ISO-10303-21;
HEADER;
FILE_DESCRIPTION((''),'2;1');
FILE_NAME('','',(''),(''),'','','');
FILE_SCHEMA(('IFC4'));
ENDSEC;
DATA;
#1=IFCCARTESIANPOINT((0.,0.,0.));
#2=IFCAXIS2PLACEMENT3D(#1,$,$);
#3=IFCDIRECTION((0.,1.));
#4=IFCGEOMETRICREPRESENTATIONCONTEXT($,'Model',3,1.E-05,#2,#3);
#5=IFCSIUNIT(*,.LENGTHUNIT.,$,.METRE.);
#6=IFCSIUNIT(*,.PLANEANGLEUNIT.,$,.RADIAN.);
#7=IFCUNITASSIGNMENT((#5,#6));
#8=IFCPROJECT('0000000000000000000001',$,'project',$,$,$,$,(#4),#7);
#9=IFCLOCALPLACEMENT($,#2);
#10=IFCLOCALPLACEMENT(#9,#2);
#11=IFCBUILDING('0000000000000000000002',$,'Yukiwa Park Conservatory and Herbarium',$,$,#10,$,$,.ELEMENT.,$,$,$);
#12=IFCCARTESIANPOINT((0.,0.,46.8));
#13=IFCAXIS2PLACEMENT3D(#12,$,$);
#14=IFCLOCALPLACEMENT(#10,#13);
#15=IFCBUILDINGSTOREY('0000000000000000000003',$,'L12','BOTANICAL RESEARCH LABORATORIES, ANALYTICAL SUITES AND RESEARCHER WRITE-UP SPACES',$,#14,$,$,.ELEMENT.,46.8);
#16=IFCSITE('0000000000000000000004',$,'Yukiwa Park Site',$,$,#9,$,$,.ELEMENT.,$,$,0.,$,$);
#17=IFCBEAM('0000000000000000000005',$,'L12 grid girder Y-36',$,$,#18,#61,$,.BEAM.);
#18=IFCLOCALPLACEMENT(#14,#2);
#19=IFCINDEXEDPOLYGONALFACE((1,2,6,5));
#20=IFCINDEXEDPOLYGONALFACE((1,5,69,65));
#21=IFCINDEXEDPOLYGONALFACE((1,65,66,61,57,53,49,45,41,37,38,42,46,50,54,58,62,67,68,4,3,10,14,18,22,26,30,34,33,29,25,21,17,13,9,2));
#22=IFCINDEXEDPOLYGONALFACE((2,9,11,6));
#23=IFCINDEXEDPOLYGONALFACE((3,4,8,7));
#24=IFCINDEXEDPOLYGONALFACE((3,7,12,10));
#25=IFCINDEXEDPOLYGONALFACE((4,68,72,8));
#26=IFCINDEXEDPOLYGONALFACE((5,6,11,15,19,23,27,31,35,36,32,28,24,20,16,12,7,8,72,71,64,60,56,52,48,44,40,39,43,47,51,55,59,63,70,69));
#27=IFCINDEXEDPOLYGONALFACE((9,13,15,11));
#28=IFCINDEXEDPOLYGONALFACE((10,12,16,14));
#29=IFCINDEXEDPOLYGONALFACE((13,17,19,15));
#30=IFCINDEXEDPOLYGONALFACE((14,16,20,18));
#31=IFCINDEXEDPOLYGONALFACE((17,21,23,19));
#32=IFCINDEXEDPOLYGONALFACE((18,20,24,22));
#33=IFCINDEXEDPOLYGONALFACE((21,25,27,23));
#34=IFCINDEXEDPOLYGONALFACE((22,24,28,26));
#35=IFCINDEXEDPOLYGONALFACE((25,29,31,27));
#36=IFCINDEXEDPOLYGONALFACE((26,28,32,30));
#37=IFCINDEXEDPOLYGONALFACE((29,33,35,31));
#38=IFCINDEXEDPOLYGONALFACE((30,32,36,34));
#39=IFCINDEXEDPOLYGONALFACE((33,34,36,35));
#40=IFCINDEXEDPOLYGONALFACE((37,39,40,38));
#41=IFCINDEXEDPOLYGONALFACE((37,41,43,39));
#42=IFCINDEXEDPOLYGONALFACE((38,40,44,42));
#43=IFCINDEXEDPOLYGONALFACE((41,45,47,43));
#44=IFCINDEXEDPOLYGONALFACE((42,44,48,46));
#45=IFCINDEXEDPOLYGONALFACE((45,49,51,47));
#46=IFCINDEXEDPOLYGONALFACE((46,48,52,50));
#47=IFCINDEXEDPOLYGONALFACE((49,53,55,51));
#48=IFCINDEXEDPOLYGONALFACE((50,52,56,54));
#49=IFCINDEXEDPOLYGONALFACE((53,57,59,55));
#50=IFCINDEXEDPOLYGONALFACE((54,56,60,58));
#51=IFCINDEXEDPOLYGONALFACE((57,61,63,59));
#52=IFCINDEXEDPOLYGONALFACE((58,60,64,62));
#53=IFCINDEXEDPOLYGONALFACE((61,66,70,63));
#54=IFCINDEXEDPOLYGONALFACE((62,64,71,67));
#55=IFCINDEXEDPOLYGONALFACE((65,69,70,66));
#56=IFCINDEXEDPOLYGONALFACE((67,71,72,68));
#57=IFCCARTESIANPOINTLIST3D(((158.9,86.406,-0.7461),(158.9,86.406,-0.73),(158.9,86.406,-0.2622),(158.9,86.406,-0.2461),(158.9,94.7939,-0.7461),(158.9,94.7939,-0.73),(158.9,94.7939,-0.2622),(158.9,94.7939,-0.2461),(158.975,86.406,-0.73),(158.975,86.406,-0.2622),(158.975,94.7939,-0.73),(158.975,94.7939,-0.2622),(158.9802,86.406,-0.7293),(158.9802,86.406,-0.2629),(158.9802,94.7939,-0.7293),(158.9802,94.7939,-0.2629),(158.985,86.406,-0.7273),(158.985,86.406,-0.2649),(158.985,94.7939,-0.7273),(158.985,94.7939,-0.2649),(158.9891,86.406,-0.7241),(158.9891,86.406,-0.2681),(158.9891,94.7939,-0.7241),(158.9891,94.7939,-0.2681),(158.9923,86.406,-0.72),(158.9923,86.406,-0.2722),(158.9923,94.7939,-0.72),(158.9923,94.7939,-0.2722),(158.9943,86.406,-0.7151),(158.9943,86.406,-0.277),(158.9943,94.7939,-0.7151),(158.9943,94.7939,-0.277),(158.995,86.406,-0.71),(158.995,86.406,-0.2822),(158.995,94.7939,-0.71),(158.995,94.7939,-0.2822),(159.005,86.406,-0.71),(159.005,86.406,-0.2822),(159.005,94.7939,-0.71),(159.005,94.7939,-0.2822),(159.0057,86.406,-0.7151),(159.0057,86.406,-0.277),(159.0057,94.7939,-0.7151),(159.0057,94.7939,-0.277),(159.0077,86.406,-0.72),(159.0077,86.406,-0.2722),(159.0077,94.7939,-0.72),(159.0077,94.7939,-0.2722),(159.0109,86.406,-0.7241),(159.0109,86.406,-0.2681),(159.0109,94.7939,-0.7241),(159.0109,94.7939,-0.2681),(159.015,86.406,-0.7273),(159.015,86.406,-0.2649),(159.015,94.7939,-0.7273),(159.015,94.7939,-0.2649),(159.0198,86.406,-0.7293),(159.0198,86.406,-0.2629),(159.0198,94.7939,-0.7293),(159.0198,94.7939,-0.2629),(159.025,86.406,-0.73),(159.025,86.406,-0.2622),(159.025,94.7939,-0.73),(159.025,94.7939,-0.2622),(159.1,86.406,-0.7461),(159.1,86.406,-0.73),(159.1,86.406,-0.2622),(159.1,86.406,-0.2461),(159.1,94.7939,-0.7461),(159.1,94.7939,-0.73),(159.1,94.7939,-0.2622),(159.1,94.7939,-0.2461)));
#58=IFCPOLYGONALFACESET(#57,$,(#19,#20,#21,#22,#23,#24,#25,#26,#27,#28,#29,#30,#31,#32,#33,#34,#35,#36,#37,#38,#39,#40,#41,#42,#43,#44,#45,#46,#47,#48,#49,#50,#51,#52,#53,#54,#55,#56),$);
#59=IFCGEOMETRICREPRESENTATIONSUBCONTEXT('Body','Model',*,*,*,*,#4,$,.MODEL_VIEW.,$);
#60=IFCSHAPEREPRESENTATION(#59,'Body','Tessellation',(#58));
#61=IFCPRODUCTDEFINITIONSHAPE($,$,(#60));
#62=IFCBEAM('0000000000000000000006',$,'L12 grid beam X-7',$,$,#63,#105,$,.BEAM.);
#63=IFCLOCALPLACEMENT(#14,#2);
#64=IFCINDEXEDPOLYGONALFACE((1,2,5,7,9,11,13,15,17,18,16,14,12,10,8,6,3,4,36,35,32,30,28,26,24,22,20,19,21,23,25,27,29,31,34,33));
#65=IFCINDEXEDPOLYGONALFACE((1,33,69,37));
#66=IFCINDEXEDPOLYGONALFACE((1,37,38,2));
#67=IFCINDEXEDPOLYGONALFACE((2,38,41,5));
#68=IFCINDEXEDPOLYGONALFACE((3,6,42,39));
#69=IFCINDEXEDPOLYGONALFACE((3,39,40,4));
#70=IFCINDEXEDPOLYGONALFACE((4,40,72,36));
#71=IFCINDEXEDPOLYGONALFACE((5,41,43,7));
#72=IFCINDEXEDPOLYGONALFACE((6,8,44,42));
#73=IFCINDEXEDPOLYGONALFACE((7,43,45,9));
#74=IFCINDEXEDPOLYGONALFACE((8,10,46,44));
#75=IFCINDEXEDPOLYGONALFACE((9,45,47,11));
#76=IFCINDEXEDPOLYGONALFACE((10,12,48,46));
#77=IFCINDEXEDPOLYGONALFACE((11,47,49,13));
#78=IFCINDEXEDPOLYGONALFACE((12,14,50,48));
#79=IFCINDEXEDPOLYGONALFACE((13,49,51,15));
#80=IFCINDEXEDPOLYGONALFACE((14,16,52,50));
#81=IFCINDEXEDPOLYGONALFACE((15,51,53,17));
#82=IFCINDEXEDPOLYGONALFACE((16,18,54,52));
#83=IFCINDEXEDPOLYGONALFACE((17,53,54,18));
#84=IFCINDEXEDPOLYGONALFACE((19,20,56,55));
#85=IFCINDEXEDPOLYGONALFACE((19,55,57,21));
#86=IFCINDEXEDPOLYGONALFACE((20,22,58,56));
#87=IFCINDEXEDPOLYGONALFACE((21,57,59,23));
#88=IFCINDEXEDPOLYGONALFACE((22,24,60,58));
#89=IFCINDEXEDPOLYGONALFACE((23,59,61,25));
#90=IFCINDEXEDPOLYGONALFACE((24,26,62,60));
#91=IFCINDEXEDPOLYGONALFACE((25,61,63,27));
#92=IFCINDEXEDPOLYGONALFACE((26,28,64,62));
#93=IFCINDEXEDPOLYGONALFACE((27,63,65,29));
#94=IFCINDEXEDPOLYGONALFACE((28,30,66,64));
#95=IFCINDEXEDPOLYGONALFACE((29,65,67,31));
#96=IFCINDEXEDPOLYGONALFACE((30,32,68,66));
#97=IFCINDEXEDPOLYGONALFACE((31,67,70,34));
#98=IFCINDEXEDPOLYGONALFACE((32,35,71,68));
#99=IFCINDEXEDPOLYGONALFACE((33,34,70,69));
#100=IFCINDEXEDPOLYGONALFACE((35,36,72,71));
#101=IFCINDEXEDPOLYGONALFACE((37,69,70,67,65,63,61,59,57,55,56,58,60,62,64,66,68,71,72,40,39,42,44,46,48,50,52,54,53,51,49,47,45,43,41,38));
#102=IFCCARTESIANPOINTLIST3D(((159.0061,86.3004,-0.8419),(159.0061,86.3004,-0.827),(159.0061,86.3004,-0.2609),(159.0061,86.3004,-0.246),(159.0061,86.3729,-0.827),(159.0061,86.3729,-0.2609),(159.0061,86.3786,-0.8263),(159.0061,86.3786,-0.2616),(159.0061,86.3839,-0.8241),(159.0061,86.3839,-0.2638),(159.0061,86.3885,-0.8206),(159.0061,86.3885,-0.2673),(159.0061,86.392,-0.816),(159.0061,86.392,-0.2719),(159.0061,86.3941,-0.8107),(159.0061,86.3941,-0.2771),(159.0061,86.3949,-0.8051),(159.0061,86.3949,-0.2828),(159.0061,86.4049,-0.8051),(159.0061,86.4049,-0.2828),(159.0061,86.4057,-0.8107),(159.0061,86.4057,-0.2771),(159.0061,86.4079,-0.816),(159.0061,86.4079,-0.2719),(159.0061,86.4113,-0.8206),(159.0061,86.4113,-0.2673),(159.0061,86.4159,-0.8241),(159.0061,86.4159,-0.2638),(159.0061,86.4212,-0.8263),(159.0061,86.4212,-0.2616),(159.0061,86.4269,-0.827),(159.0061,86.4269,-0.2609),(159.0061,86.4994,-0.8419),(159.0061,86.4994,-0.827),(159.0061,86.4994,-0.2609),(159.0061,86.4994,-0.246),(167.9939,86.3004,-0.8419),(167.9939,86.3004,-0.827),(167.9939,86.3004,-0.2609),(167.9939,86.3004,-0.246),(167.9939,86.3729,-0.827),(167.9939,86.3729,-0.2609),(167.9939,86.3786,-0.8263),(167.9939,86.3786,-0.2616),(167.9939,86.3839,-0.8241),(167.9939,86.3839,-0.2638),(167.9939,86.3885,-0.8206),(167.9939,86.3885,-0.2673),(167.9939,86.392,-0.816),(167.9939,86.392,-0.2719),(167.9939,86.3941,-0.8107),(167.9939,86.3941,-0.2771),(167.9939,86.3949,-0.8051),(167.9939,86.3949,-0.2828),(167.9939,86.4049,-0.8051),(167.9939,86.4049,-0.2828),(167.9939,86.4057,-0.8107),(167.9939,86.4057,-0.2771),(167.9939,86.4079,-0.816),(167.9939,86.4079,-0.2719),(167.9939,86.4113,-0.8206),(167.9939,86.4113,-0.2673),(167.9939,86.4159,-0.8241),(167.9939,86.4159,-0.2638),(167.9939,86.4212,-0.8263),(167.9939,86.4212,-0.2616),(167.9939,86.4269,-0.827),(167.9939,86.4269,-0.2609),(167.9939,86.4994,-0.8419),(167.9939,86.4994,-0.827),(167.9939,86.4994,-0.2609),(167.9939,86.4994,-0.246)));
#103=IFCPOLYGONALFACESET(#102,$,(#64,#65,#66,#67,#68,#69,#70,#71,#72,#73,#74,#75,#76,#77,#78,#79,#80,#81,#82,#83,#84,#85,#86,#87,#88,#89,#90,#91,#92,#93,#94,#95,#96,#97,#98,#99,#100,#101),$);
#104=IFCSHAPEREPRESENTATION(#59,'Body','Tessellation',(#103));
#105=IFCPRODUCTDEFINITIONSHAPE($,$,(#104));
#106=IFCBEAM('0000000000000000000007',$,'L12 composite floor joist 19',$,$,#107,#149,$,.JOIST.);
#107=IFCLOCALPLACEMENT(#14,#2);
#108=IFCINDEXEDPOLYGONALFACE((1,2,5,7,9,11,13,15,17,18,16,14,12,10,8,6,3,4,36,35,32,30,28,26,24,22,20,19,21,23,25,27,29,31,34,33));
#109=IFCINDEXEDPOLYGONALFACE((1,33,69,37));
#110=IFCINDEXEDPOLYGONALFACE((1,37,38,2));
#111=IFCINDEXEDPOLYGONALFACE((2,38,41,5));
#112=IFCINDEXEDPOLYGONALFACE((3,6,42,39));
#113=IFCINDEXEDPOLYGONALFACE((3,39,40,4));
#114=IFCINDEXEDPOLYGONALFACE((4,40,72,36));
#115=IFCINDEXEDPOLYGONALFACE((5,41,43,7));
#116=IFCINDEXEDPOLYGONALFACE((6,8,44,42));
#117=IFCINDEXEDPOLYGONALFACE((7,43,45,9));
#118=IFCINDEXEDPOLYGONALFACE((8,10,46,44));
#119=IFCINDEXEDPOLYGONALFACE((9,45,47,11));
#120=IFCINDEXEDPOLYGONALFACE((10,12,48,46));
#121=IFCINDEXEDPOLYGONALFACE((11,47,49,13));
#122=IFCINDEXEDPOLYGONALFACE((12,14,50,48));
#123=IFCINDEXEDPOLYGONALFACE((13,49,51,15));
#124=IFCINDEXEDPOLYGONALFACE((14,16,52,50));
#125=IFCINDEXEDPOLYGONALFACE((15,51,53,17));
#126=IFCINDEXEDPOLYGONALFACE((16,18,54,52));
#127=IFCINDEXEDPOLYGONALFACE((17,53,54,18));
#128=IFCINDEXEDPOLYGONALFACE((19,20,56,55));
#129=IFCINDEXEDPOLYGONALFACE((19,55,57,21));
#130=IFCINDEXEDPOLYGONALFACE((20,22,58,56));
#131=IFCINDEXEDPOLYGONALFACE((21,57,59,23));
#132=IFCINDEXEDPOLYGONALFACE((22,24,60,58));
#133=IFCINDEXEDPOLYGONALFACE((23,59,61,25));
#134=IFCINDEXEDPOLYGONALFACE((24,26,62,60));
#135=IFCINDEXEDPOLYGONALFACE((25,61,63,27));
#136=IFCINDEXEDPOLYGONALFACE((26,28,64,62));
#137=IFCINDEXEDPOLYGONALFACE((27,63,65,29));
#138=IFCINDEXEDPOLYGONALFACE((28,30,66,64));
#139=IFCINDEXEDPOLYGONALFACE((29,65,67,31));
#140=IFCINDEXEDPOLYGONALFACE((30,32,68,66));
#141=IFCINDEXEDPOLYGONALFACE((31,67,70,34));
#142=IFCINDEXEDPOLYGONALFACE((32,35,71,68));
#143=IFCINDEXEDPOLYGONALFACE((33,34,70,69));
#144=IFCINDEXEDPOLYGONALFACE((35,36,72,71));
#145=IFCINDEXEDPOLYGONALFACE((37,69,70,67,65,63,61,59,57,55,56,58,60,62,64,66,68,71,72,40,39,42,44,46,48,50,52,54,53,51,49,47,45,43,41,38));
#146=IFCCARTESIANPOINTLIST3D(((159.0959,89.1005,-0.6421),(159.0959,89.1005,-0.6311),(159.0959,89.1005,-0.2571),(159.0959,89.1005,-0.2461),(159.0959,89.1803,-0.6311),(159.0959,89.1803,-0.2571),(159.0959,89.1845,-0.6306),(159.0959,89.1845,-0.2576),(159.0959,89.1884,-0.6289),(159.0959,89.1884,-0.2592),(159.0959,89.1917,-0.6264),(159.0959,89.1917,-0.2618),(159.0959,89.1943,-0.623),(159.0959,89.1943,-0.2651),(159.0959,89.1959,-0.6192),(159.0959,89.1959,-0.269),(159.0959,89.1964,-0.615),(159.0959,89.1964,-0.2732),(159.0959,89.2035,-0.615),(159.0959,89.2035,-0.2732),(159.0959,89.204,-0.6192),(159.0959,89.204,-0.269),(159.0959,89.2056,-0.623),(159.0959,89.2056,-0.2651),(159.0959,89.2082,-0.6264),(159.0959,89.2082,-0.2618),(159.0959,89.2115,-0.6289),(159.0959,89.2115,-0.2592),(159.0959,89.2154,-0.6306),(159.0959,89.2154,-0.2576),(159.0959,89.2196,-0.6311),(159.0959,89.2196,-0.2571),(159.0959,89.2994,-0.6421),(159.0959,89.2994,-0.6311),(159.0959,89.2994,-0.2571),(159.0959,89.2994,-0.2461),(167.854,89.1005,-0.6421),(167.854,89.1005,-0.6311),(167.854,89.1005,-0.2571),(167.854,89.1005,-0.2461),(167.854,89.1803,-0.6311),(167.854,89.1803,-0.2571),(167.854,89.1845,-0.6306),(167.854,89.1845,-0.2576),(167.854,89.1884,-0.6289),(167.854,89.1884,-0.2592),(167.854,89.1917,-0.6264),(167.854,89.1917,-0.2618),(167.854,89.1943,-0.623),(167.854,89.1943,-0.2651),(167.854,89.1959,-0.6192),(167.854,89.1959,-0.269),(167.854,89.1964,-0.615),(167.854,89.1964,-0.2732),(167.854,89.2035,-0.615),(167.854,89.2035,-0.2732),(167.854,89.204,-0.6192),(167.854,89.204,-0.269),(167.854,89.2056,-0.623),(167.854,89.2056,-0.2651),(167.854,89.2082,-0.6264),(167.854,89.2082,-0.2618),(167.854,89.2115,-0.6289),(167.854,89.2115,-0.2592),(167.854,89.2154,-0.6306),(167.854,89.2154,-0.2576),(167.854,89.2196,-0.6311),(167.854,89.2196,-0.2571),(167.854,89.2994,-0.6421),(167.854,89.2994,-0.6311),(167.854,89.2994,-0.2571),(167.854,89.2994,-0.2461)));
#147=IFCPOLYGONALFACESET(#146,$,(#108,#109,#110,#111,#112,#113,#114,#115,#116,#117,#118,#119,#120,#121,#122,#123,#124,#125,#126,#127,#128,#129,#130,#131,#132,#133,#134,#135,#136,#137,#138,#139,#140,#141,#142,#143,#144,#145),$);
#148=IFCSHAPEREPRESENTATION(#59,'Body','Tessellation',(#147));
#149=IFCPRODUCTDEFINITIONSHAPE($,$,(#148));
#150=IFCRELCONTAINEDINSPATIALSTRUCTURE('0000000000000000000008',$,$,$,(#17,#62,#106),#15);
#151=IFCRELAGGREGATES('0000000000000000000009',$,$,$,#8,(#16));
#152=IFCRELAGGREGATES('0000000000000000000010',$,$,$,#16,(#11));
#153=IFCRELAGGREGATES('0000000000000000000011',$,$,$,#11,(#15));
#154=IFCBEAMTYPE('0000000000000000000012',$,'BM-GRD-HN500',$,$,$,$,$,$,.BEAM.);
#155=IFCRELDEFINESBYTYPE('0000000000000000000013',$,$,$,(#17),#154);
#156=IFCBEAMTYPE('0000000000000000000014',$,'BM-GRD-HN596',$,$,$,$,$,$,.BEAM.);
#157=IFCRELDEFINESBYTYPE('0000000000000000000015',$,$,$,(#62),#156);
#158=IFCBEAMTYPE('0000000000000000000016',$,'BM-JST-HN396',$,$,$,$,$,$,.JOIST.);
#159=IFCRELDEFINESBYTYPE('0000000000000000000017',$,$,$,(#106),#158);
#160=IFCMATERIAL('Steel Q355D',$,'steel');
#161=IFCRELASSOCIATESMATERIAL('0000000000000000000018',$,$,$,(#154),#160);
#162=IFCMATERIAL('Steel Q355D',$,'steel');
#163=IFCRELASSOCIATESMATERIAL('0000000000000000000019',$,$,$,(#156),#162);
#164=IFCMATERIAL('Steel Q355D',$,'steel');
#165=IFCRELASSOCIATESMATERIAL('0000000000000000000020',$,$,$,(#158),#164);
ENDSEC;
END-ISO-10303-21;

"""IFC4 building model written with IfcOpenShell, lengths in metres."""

from ifc_helpers import new_model, si_unit, direction, frame, origin, origin_2d, place, context, subcontext, project, spatial, i_section, extrude, material, material_profile, profile_set, type_object, element, save


model = new_model("IFC4")

# Units and contexts
model_context = context("Model", 3, precision=1e-05, world=origin(), true_north=direction((0.0, 1.0)))
body_context = subcontext(model_context, "Body", "Model", "MODEL_VIEW")
ifc_project = project(units=[si_unit("LENGTHUNIT", "METRE"), si_unit("PLANEANGLEUNIT", "RADIAN")], contexts=[model_context])

# Site, building, storey
site_placement = place(None, origin())
site = spatial("IfcSite", under=ifc_project, at=site_placement, Name="Yukiwa Park Site", CompositionType="ELEMENT", RefElevation=0.0)
building_placement = place(site_placement, origin())
building = spatial("IfcBuilding", under=site, at=building_placement, Name="Yukiwa Park Conservatory and Herbarium", CompositionType="ELEMENT")
storey_placement = place(building_placement, frame((0.0, 0.0, 46.8)))
storey = spatial("IfcBuildingStorey", under=building, at=storey_placement, Name="L12", Description="BOTANICAL RESEARCH LABORATORIES, ANALYTICAL SUITES AND RESEARCHER WRITE-UP SPACES", CompositionType="ELEMENT", Elevation=46.8)

# Beams
ifc_material_1 = material(Name="Steel Q355D", Category="steel")
ifc_material_profile_1 = material_profile(ifc_material_1, i_section(OverallWidth=0.2, OverallDepth=0.5, WebThickness=0.01, FlangeThickness=0.0161, FilletRadius=0.02, at=origin_2d()), Name="HN 500x200x10x16")
ifc_profile_set_1 = profile_set([ifc_material_profile_1], Name="Steel Q355D")
beam_type_1 = type_object("IfcBeamType", Name="BM-GRD-HN500", PredefinedType="BEAM", material=ifc_profile_set_1)
beam_1_placement = place(storey_placement, frame((159.0, 86.406, -0.4961), z_axis=(0.0, 1.0, 0.0), x_axis=(-1.0, 0.0, 0.0)))
element("IfcBeam", 1, at=beam_1_placement, inside=storey, type_object=beam_type_1, Name="L12 grid girder Y-36", PredefinedType="BEAM", context=body_context, shape_type="SweptSolid", body=[
    extrude(i_section(OverallWidth=0.2, OverallDepth=0.5, WebThickness=0.01, FlangeThickness=0.0161, FilletRadius=0.02, at=origin_2d()), origin(), (0.0, 0.0, 1.0), 8.3879),
])
ifc_material_2 = material(Name="Steel Q355D", Category="steel")
ifc_material_profile_2 = material_profile(ifc_material_2, i_section(OverallWidth=0.199, OverallDepth=0.5959, WebThickness=0.01, FlangeThickness=0.0149, FilletRadius=0.022, at=origin_2d()), Name="HN 596x199x10x15")
ifc_profile_set_2 = profile_set([ifc_material_profile_2], Name="Steel Q355D")
beam_type_2 = type_object("IfcBeamType", Name="BM-GRD-HN596", PredefinedType="BEAM", material=ifc_profile_set_2)
beam_2_placement = place(storey_placement, frame((159.0061, 86.3999, -0.5439), z_axis=(1.0, 0.0, 0.0), x_axis=(0.0, 1.0, 0.0)))
element("IfcBeam", 2, at=beam_2_placement, inside=storey, type_object=beam_type_2, Name="L12 grid beam X-7", PredefinedType="BEAM", context=body_context, shape_type="SweptSolid", body=[
    extrude(i_section(OverallWidth=0.199, OverallDepth=0.5959, WebThickness=0.01, FlangeThickness=0.0149, FilletRadius=0.022, at=origin_2d()), origin(), (0.0, 0.0, 1.0), 8.9878),
])
ifc_material_3 = material(Name="Steel Q355D", Category="steel")
ifc_material_profile_3 = material_profile(ifc_material_3, i_section(OverallWidth=0.199, OverallDepth=0.396, WebThickness=0.0071, FlangeThickness=0.011, FilletRadius=0.0161, at=origin_2d()), Name="HN 396x199x7x11")
ifc_profile_set_3 = profile_set([ifc_material_profile_3], Name="Steel Q355D")
beam_type_3 = type_object("IfcBeamType", Name="BM-JST-HN396", PredefinedType="JOIST", material=ifc_profile_set_3)
beam_3_placement = place(storey_placement, frame((159.0959, 89.2, -0.4441), z_axis=(1.0, 0.0, 0.0), x_axis=(0.0, 1.0, 0.0)))
element("IfcBeam", 3, at=beam_3_placement, inside=storey, type_object=beam_type_3, Name="L12 composite floor joist 19", PredefinedType="JOIST", context=body_context, shape_type="SweptSolid", body=[
    extrude(i_section(OverallWidth=0.199, OverallDepth=0.396, WebThickness=0.0071, FlangeThickness=0.011, FilletRadius=0.0161, at=origin_2d()), origin(), (0.0, 0.0, 1.0), 8.7581),
])

save(model, "model.ifc")
